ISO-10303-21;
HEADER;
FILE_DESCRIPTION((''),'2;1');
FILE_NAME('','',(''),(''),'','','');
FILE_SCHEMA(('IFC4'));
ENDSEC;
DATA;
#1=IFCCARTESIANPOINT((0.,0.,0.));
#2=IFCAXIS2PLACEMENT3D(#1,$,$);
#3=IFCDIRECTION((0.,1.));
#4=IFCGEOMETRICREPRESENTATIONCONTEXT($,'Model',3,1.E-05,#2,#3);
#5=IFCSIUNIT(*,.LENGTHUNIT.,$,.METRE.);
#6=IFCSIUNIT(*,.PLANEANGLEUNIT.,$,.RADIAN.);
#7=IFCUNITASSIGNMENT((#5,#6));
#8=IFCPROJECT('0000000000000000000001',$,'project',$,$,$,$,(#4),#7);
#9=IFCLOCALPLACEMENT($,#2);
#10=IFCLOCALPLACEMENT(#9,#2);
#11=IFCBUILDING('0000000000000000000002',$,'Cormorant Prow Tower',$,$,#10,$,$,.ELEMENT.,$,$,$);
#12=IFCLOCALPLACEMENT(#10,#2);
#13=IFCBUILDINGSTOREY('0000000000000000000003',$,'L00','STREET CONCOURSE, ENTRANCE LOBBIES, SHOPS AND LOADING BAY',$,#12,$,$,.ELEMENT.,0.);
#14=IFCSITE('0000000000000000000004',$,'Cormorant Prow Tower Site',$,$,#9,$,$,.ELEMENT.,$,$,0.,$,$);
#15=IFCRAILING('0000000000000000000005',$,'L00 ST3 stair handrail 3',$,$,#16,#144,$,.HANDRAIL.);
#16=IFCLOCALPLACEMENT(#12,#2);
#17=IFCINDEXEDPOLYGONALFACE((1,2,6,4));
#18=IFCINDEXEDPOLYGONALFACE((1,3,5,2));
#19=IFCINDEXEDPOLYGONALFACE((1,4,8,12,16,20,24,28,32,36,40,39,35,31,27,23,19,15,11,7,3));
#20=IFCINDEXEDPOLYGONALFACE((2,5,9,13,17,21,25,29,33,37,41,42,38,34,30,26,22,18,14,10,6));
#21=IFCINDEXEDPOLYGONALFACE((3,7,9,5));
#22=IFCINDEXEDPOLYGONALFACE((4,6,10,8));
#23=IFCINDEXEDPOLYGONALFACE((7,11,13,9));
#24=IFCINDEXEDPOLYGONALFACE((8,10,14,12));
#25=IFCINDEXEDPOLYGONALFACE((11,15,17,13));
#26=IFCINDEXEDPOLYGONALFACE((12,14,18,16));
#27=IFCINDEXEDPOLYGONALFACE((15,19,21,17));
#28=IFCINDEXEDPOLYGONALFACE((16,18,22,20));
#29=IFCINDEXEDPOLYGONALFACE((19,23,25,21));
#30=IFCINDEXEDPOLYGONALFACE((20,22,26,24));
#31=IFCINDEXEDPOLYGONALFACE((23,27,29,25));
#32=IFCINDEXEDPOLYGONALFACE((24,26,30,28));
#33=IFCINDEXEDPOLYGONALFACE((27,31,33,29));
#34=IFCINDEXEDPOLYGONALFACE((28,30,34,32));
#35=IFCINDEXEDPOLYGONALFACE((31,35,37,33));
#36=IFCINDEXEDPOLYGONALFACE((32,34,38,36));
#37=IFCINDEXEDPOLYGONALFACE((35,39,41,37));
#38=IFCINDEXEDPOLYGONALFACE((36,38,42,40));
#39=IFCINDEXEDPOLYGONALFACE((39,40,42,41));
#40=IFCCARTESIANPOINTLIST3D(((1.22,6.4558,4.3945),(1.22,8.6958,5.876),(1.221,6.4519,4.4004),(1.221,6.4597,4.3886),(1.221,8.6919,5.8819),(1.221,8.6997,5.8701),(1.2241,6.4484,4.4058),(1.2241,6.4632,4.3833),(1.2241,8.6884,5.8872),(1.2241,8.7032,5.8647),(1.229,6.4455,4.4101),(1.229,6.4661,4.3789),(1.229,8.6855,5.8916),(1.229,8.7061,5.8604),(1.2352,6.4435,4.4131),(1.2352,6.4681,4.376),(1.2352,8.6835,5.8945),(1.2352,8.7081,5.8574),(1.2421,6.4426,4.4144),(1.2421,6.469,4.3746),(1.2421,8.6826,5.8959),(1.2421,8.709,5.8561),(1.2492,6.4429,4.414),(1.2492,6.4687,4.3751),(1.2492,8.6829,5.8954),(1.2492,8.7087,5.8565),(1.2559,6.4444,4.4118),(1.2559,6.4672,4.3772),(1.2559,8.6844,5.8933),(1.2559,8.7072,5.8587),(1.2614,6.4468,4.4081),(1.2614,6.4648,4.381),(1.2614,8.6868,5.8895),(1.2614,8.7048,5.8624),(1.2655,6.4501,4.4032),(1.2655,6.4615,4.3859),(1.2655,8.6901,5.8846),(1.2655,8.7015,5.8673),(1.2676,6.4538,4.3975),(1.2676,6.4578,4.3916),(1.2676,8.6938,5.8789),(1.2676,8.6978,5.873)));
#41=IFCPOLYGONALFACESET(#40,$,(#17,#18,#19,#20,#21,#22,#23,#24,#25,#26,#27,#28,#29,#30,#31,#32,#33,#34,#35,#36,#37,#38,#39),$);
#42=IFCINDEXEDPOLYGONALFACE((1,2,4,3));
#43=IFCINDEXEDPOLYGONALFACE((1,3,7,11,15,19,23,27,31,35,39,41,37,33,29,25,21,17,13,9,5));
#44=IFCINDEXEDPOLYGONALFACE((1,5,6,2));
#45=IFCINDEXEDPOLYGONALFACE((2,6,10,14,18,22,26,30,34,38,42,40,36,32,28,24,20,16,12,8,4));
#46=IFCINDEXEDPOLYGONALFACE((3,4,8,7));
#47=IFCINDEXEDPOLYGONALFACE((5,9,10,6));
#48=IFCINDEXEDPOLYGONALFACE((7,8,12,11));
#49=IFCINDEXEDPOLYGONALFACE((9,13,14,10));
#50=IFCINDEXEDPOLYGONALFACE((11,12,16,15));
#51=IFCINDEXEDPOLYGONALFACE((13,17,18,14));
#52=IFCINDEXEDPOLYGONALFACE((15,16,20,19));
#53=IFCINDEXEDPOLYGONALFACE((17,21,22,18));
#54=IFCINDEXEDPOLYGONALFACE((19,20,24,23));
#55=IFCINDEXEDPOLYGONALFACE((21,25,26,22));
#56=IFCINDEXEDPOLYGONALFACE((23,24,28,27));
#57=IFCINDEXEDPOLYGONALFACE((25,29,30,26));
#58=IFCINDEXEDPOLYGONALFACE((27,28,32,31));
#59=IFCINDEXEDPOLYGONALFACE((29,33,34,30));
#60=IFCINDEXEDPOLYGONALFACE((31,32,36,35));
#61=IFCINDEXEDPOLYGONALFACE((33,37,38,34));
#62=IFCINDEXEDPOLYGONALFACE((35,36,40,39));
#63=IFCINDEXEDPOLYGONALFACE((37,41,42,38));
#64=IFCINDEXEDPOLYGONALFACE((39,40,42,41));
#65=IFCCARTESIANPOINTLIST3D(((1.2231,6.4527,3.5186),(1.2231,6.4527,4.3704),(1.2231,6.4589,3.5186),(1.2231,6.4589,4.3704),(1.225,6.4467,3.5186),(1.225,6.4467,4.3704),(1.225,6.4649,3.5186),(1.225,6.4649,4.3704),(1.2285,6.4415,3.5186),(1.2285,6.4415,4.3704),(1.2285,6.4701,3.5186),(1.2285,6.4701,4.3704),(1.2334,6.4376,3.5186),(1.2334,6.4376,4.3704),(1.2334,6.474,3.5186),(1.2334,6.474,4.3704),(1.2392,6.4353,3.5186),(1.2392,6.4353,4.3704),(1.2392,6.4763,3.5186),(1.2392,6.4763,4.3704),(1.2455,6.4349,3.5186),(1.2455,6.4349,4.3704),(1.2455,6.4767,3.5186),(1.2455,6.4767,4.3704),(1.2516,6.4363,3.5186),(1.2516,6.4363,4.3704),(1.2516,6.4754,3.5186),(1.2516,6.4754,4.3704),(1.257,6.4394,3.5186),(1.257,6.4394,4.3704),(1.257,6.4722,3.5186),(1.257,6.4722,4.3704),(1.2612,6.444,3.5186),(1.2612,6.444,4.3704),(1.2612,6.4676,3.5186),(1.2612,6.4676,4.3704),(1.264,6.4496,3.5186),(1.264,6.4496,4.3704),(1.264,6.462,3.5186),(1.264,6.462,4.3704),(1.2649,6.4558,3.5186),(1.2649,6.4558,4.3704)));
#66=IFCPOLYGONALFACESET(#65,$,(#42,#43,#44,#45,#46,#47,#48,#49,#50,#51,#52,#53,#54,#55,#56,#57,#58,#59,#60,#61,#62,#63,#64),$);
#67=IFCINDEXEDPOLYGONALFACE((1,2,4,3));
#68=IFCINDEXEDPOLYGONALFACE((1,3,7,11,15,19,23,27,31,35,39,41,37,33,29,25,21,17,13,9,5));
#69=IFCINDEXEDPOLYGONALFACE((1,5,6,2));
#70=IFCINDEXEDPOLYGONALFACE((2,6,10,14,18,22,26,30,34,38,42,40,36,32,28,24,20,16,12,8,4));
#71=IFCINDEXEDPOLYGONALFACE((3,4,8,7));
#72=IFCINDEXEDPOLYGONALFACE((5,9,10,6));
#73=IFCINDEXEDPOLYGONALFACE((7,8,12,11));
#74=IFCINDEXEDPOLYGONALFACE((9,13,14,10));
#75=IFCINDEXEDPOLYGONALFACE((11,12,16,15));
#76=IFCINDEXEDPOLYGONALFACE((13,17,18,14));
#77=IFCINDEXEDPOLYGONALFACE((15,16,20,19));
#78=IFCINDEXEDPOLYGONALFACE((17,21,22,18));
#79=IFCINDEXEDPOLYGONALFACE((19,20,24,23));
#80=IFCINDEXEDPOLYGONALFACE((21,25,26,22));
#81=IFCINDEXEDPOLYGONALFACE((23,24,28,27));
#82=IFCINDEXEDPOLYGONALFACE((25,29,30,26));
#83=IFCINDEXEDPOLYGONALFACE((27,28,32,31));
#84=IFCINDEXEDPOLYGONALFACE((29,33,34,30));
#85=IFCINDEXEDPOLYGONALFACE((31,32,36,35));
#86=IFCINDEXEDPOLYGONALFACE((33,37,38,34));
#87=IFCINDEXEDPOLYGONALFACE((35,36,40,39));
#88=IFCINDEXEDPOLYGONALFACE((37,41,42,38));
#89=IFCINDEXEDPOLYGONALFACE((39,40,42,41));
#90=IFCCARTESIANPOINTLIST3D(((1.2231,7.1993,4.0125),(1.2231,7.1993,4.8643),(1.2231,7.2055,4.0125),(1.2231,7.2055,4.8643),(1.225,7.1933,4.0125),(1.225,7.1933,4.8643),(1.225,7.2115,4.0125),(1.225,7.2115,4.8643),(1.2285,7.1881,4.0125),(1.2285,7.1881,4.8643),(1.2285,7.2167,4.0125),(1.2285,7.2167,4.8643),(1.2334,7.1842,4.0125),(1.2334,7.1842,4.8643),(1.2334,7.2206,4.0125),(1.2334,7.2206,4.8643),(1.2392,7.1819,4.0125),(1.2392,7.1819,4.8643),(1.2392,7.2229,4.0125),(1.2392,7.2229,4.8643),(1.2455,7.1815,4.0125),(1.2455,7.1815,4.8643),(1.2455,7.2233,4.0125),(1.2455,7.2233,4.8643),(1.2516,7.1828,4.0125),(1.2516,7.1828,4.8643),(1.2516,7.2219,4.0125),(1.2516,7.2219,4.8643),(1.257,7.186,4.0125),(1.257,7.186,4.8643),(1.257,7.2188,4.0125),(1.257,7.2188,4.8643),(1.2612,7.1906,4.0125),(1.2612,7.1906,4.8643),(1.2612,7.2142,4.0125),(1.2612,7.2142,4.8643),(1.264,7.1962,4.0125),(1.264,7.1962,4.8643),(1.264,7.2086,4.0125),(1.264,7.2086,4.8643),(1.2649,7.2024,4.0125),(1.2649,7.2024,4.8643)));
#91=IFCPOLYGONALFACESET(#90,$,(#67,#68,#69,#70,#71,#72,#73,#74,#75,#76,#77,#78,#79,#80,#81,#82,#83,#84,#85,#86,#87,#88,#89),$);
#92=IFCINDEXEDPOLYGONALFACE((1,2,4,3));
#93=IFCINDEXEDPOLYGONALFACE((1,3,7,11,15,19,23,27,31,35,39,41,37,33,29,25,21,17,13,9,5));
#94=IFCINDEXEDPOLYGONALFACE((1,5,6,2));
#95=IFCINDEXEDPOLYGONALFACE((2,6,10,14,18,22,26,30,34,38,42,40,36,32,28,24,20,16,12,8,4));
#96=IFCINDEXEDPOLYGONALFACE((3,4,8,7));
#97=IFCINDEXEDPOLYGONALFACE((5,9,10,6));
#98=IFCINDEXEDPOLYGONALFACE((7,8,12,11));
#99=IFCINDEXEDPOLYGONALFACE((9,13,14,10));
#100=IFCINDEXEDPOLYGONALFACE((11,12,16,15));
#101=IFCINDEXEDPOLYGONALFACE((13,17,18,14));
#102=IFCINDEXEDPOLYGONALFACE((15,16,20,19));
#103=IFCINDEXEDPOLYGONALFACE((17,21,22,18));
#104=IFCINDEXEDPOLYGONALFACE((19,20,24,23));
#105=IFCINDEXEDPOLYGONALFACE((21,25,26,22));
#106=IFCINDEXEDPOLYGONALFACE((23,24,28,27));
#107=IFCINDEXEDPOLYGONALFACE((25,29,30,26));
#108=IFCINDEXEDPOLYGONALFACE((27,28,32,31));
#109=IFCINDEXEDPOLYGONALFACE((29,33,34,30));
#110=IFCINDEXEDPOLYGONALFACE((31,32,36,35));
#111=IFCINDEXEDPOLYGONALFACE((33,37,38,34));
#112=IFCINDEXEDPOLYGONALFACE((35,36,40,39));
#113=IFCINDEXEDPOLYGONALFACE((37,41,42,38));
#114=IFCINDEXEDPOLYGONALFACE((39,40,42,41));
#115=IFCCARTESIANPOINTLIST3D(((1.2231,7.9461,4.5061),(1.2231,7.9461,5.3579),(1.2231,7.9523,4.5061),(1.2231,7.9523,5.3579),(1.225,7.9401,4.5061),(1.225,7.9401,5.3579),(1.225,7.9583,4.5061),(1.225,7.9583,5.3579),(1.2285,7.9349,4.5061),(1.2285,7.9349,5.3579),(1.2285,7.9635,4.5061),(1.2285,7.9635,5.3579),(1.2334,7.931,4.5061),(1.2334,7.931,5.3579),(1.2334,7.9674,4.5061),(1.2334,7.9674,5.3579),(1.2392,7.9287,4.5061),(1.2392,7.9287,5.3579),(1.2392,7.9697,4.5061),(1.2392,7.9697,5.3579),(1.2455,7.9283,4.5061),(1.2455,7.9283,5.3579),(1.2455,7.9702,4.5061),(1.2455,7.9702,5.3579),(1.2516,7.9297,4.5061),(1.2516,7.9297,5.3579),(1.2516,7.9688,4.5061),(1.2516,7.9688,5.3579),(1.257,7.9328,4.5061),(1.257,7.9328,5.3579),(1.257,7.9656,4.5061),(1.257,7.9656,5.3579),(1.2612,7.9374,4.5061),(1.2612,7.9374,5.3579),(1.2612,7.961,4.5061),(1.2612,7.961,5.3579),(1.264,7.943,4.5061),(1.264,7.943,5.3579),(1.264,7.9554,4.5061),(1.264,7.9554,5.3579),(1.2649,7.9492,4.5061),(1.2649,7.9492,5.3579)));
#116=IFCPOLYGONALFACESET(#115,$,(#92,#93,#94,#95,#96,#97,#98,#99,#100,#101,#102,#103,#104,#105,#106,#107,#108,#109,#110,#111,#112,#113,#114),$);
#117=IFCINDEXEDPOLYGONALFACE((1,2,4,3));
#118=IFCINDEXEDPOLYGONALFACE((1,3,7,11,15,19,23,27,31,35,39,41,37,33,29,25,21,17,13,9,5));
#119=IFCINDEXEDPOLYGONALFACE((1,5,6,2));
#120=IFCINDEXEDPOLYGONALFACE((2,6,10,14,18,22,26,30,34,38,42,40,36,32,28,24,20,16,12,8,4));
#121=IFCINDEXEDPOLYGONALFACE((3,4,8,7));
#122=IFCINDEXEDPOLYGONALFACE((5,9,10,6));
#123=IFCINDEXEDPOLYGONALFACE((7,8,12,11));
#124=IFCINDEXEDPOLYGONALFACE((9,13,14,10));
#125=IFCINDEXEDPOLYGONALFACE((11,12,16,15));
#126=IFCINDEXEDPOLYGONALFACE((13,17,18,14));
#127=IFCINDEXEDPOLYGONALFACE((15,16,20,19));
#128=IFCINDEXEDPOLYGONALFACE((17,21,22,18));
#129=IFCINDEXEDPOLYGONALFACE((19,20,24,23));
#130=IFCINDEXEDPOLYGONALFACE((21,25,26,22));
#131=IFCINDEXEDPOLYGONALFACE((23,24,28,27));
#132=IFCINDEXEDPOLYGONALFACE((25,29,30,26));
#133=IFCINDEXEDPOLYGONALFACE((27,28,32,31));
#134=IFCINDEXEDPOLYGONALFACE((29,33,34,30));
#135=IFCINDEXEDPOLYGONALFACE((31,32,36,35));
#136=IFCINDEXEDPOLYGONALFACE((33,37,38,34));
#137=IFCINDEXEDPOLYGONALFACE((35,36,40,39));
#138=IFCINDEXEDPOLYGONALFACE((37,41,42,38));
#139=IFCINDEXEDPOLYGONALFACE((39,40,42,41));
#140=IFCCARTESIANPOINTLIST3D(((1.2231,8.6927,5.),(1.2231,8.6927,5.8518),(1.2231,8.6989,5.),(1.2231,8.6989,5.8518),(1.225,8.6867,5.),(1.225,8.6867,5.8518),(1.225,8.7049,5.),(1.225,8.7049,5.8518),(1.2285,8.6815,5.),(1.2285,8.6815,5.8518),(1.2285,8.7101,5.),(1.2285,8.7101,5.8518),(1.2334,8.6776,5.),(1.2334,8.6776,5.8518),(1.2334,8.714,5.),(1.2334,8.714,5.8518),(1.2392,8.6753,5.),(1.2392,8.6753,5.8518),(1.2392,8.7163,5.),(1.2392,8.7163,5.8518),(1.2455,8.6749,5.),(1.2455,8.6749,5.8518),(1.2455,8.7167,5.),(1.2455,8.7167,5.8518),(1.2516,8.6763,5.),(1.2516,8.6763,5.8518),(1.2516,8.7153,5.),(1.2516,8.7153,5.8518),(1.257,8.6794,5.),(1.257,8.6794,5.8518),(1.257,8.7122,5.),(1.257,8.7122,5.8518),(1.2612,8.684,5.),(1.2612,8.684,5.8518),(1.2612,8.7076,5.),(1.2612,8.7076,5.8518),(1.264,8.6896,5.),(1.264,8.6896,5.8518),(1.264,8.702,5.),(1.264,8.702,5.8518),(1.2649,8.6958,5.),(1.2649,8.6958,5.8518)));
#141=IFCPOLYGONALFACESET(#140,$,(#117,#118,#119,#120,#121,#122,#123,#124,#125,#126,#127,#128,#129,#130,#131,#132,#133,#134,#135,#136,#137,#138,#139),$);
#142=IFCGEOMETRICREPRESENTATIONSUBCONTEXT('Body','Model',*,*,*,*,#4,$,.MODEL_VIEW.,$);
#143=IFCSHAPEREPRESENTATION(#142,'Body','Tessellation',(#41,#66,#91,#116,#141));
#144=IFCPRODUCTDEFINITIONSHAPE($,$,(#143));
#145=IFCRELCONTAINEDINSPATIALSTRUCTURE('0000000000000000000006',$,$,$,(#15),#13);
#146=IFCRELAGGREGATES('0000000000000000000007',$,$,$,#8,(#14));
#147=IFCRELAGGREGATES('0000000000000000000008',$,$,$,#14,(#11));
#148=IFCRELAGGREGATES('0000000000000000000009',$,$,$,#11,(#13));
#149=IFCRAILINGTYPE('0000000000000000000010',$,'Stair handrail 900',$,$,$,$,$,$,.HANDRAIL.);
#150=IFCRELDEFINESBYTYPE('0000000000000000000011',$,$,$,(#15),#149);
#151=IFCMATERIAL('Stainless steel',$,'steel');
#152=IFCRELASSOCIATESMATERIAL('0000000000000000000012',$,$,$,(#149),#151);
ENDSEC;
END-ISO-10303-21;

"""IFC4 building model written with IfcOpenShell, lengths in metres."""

from ifc_helpers import new_model, si_unit, direction, frame, origin, origin_2d, place, context, subcontext, project, spatial, circle, extrude, material, type_object, element, save


model = new_model("IFC4")

# Units and contexts
model_context = context("Model", 3, precision=1e-05, world=origin(), true_north=direction((0.0, 1.0)))
body_context = subcontext(model_context, "Body", "Model", "MODEL_VIEW")
ifc_project = project(units=[si_unit("LENGTHUNIT", "METRE"), si_unit("PLANEANGLEUNIT", "RADIAN")], contexts=[model_context])

# Site, building, storey
site_placement = place(None, origin())
site = spatial("IfcSite", under=ifc_project, at=site_placement, Name="Cormorant Prow Tower Site", CompositionType="ELEMENT", RefElevation=0.0)
building_placement = place(site_placement, origin())
building = spatial("IfcBuilding", under=site, at=building_placement, Name="Cormorant Prow Tower", CompositionType="ELEMENT")
storey_placement = place(building_placement, origin())
storey = spatial("IfcBuildingStorey", under=building, at=storey_placement, Name="L00", Description="STREET CONCOURSE, ENTRANCE LOBBIES, SHOPS AND LOADING BAY", CompositionType="ELEMENT", Elevation=0.0)

# Railing
ifc_material_1 = material(Name="Stainless steel", Category="steel")
railing_type_1 = type_object("IfcRailingType", Name="Stair handrail 900", PredefinedType="HANDRAIL", material=ifc_material_1)
for number, where, name in (
    (1, (1.2439, 6.4558, 3.5186), "L00 ST3 stair handrail 3"),
):
    element("IfcRailing", number, at=place(storey_placement, frame(where)), inside=storey, type_object=railing_type_1, Name=name, PredefinedType="HANDRAIL", context=body_context, shape_type="SweptSolid", body=[
        extrude(circle(Radius=0.0239, at=origin_2d()), frame((0.0, 0.0, 0.876), z_axis=(0.0, 0.834087, 0.551634), x_axis=(-1.0, 0.0, 0.0)), (0.0, 0.0, 1.0), 2.6855),
        extrude(circle(Radius=0.021, at=origin_2d()), origin(), (0.0, 0.0, 1.0), 0.8518),
        extrude(circle(Radius=0.021, at=origin_2d()), frame((0.0, 0.7466, 0.4939)), (0.0, 0.0, 1.0), 0.8518),
        extrude(circle(Radius=0.021, at=origin_2d()), frame((0.0, 1.4934, 0.9875)), (0.0, 0.0, 1.0), 0.8518),
        extrude(circle(Radius=0.021, at=origin_2d()), frame((0.0, 2.24, 1.4814)), (0.0, 0.0, 1.0), 0.8518),
    ])

save(model, "model.ifc")
